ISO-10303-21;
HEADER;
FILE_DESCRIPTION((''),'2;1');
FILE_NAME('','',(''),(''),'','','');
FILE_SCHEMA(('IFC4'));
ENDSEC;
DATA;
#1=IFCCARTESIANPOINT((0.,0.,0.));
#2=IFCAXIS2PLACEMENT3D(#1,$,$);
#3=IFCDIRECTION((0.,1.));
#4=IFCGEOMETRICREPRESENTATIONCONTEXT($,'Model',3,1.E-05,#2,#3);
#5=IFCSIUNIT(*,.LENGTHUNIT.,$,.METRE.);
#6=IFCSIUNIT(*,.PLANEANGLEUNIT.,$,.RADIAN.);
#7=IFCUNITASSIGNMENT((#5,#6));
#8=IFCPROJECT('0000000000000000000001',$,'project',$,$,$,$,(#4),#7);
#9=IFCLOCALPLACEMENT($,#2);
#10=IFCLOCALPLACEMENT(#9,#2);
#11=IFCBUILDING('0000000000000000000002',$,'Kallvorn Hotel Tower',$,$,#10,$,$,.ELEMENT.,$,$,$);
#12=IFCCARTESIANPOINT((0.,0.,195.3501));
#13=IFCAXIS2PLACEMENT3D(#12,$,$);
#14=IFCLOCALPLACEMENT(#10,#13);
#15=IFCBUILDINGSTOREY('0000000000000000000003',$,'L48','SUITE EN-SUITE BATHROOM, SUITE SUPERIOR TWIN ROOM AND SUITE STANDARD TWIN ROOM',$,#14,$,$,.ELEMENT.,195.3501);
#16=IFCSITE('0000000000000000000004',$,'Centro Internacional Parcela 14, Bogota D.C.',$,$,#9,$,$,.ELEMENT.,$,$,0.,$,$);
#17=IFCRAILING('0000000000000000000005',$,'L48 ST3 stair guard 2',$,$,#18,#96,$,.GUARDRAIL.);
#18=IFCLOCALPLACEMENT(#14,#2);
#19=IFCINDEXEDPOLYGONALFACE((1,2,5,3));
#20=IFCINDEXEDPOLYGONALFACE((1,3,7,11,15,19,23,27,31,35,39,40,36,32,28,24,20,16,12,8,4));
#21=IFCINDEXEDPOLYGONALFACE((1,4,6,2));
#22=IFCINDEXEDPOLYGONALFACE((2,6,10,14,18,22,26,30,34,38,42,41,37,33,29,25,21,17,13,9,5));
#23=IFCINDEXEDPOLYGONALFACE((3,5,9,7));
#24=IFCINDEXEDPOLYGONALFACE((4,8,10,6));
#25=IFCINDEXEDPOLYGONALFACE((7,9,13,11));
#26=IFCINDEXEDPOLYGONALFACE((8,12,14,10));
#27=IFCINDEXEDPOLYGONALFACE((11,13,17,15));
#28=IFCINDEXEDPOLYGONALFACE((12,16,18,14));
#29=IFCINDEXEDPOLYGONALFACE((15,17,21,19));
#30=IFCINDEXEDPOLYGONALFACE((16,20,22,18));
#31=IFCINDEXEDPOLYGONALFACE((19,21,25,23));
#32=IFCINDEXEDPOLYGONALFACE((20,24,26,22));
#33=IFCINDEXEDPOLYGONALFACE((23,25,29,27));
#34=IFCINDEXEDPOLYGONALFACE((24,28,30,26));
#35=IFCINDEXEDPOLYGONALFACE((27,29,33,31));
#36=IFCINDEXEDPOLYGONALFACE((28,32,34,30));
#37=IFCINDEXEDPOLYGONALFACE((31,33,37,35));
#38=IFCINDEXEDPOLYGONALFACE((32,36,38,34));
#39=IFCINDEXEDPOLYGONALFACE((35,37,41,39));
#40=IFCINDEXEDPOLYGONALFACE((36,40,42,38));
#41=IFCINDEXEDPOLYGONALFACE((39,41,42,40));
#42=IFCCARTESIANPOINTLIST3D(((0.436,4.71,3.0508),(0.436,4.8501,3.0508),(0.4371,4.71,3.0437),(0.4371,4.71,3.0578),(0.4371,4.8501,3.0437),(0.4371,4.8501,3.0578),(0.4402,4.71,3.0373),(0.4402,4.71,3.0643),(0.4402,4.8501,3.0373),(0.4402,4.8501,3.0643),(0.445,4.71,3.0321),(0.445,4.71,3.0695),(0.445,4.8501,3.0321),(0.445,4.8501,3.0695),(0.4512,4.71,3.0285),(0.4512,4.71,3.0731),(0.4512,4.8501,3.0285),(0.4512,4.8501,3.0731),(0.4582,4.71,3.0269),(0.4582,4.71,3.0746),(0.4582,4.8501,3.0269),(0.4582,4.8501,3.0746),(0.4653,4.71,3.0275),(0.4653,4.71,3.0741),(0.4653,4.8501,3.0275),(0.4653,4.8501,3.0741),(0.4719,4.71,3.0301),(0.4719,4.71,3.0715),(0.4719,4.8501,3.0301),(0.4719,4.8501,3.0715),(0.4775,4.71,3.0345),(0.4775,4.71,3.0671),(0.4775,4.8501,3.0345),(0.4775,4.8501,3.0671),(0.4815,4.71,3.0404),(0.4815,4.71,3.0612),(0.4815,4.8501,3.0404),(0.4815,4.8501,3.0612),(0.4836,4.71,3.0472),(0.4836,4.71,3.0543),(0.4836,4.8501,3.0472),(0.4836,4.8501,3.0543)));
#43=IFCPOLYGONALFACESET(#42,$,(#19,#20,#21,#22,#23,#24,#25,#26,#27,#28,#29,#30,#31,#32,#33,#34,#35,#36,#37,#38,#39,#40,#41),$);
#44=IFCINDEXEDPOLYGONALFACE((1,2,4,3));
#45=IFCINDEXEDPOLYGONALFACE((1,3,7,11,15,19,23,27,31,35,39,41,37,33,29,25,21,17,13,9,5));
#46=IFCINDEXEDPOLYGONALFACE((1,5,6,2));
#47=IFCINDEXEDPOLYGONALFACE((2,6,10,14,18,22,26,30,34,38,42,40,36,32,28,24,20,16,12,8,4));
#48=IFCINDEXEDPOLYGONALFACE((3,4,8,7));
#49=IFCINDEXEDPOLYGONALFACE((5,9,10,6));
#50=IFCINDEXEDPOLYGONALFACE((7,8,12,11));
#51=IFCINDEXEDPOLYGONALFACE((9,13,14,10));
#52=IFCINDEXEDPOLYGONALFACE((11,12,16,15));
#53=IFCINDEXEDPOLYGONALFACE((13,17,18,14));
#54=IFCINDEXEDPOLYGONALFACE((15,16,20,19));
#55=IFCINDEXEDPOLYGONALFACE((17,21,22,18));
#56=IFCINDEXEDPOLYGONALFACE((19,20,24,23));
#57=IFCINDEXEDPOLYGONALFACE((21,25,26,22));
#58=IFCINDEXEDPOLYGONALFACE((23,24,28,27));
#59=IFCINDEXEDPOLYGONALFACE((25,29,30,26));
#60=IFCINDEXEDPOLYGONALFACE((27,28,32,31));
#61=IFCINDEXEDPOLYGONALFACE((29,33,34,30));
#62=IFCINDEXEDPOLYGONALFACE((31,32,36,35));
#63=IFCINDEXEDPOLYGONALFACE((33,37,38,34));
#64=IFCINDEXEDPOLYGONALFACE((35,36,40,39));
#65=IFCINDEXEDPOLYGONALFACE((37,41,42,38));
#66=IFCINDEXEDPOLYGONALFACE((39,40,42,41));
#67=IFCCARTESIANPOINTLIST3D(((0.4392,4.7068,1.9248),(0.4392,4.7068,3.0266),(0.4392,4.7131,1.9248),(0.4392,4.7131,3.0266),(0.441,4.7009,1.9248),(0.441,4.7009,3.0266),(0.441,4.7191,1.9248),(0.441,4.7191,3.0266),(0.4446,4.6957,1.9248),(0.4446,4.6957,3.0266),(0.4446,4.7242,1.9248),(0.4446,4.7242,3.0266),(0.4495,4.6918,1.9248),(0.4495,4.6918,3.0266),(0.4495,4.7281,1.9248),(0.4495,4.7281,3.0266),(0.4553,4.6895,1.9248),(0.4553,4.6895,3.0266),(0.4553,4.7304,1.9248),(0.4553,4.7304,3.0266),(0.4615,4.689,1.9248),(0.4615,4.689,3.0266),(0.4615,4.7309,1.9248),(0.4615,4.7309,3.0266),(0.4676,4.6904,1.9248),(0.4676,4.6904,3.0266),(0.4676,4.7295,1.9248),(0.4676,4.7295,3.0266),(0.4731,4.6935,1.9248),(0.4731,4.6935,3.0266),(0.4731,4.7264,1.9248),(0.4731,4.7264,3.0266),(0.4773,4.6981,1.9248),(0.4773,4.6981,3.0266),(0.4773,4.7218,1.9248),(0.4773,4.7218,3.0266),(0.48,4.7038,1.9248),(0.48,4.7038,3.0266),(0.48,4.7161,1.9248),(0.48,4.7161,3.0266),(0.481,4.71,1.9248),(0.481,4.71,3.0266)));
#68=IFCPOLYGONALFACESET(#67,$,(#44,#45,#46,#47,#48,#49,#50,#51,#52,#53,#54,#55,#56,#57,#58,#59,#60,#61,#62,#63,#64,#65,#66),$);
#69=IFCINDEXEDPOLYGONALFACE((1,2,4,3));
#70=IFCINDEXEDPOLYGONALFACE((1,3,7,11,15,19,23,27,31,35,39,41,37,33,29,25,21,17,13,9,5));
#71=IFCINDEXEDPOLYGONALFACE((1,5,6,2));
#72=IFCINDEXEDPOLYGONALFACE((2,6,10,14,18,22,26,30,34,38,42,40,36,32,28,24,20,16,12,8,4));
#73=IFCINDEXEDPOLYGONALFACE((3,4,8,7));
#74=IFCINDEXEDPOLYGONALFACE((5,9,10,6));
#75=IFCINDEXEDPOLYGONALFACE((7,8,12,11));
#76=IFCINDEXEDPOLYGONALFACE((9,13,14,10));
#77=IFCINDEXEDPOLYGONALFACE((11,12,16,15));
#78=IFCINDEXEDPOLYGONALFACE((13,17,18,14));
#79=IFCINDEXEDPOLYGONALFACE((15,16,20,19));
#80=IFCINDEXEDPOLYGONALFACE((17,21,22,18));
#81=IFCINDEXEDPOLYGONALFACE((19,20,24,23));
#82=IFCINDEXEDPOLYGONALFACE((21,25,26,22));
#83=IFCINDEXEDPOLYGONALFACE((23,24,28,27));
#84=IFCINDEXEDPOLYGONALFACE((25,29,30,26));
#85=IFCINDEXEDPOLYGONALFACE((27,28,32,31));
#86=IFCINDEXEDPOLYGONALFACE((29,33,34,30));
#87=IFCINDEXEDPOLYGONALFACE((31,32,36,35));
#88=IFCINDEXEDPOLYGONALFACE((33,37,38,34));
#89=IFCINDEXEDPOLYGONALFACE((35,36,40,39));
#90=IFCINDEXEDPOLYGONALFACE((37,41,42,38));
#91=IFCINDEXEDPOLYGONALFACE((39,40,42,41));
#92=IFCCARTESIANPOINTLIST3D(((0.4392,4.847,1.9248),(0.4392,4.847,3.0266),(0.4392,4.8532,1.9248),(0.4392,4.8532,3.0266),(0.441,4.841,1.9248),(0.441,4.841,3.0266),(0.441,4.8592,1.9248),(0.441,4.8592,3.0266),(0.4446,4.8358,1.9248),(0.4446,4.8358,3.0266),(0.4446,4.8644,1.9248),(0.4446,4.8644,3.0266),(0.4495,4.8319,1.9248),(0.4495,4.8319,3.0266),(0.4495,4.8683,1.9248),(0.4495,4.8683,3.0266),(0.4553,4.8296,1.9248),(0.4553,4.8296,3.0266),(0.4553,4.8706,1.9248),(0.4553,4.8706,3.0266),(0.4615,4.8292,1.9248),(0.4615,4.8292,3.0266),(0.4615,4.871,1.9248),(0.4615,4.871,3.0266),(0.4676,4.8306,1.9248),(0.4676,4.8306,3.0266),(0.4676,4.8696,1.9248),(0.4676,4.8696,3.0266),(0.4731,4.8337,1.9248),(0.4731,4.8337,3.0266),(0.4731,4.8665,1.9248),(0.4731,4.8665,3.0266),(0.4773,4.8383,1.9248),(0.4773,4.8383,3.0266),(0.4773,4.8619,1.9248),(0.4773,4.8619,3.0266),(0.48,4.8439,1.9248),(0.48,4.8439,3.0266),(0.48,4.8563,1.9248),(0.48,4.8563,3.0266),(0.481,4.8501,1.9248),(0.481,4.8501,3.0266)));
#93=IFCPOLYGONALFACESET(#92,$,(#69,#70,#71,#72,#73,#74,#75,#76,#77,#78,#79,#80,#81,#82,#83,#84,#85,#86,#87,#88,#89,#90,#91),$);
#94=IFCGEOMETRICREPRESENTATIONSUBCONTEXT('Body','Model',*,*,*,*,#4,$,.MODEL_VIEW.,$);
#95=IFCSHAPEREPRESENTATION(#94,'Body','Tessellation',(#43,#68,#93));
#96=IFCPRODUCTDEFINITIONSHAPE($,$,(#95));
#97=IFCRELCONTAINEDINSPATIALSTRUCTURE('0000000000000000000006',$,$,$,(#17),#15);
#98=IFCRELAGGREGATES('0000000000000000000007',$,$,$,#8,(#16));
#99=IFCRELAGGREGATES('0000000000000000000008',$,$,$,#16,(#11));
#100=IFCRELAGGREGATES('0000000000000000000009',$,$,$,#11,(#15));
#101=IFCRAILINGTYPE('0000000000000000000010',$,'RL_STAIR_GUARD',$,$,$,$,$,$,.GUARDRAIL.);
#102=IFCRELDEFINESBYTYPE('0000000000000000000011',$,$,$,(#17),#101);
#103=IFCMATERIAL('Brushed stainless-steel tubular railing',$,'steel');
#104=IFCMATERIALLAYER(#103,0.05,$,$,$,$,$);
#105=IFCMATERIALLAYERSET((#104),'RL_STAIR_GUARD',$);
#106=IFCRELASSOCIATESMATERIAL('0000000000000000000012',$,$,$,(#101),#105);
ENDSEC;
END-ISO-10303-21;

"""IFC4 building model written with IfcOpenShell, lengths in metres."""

from ifc_helpers import new_model, si_unit, direction, frame, origin, origin_2d, place, context, subcontext, project, spatial, circle, extrude, material, layer, layer_set, type_object, element, save


model = new_model("IFC4")

# Units and contexts
model_context = context("Model", 3, precision=1e-05, world=origin(), true_north=direction((0.0, 1.0)))
body_context = subcontext(model_context, "Body", "Model", "MODEL_VIEW")
ifc_project = project(units=[si_unit("LENGTHUNIT", "METRE"), si_unit("PLANEANGLEUNIT", "RADIAN")], contexts=[model_context])

# Site, building, storey
site_placement = place(None, origin())
site = spatial("IfcSite", under=ifc_project, at=site_placement, Name="Centro Internacional Parcela 14, Bogota D.C.", CompositionType="ELEMENT", RefElevation=0.0)
building_placement = place(site_placement, origin())
building = spatial("IfcBuilding", under=site, at=building_placement, Name="Kallvorn Hotel Tower", CompositionType="ELEMENT")
storey_placement = place(building_placement, frame((0.0, 0.0, 195.3501)))
storey = spatial("IfcBuildingStorey", under=building, at=storey_placement, Name="L48", Description="SUITE EN-SUITE BATHROOM, SUITE SUPERIOR TWIN ROOM AND SUITE STANDARD TWIN ROOM", CompositionType="ELEMENT", Elevation=195.3501)

# Railing
ifc_material_1 = material(Name="Brushed stainless-steel tubular railing", Category="steel")
ifc_layer_1 = layer(ifc_material_1, 0.05)
ifc_layer_set_1 = layer_set([ifc_layer_1], Name="RL_STAIR_GUARD")
railing_type_1 = type_object("IfcRailingType", Name="RL_STAIR_GUARD", PredefinedType="GUARDRAIL", material=ifc_layer_set_1)
railing_1_placement = place(storey_placement, frame((0.46, 4.71, 1.9248)))
element("IfcRailing", 1, at=railing_1_placement, inside=storey, type_object=railing_type_1, Name="L48 ST3 stair guard 2", PredefinedType="GUARDRAIL", context=body_context, shape_type="SweptSolid", body=[
    extrude(circle(Radius=0.0239, at=origin_2d()), frame((0.0, 0.0, 1.126), z_axis=(0.0, 1.0, 0.0), x_axis=(-1.0, 0.0, 0.0)), (0.0, 0.0, 1.0), 0.1401),
    extrude(circle(Radius=0.021, at=origin_2d()), origin(), (0.0, 0.0, 1.0), 1.1018),
    extrude(circle(Radius=0.021, at=origin_2d()), frame((0.0, 0.1401, 0.0)), (0.0, 0.0, 1.0), 1.1018),
])

save(model, "model.ifc")
